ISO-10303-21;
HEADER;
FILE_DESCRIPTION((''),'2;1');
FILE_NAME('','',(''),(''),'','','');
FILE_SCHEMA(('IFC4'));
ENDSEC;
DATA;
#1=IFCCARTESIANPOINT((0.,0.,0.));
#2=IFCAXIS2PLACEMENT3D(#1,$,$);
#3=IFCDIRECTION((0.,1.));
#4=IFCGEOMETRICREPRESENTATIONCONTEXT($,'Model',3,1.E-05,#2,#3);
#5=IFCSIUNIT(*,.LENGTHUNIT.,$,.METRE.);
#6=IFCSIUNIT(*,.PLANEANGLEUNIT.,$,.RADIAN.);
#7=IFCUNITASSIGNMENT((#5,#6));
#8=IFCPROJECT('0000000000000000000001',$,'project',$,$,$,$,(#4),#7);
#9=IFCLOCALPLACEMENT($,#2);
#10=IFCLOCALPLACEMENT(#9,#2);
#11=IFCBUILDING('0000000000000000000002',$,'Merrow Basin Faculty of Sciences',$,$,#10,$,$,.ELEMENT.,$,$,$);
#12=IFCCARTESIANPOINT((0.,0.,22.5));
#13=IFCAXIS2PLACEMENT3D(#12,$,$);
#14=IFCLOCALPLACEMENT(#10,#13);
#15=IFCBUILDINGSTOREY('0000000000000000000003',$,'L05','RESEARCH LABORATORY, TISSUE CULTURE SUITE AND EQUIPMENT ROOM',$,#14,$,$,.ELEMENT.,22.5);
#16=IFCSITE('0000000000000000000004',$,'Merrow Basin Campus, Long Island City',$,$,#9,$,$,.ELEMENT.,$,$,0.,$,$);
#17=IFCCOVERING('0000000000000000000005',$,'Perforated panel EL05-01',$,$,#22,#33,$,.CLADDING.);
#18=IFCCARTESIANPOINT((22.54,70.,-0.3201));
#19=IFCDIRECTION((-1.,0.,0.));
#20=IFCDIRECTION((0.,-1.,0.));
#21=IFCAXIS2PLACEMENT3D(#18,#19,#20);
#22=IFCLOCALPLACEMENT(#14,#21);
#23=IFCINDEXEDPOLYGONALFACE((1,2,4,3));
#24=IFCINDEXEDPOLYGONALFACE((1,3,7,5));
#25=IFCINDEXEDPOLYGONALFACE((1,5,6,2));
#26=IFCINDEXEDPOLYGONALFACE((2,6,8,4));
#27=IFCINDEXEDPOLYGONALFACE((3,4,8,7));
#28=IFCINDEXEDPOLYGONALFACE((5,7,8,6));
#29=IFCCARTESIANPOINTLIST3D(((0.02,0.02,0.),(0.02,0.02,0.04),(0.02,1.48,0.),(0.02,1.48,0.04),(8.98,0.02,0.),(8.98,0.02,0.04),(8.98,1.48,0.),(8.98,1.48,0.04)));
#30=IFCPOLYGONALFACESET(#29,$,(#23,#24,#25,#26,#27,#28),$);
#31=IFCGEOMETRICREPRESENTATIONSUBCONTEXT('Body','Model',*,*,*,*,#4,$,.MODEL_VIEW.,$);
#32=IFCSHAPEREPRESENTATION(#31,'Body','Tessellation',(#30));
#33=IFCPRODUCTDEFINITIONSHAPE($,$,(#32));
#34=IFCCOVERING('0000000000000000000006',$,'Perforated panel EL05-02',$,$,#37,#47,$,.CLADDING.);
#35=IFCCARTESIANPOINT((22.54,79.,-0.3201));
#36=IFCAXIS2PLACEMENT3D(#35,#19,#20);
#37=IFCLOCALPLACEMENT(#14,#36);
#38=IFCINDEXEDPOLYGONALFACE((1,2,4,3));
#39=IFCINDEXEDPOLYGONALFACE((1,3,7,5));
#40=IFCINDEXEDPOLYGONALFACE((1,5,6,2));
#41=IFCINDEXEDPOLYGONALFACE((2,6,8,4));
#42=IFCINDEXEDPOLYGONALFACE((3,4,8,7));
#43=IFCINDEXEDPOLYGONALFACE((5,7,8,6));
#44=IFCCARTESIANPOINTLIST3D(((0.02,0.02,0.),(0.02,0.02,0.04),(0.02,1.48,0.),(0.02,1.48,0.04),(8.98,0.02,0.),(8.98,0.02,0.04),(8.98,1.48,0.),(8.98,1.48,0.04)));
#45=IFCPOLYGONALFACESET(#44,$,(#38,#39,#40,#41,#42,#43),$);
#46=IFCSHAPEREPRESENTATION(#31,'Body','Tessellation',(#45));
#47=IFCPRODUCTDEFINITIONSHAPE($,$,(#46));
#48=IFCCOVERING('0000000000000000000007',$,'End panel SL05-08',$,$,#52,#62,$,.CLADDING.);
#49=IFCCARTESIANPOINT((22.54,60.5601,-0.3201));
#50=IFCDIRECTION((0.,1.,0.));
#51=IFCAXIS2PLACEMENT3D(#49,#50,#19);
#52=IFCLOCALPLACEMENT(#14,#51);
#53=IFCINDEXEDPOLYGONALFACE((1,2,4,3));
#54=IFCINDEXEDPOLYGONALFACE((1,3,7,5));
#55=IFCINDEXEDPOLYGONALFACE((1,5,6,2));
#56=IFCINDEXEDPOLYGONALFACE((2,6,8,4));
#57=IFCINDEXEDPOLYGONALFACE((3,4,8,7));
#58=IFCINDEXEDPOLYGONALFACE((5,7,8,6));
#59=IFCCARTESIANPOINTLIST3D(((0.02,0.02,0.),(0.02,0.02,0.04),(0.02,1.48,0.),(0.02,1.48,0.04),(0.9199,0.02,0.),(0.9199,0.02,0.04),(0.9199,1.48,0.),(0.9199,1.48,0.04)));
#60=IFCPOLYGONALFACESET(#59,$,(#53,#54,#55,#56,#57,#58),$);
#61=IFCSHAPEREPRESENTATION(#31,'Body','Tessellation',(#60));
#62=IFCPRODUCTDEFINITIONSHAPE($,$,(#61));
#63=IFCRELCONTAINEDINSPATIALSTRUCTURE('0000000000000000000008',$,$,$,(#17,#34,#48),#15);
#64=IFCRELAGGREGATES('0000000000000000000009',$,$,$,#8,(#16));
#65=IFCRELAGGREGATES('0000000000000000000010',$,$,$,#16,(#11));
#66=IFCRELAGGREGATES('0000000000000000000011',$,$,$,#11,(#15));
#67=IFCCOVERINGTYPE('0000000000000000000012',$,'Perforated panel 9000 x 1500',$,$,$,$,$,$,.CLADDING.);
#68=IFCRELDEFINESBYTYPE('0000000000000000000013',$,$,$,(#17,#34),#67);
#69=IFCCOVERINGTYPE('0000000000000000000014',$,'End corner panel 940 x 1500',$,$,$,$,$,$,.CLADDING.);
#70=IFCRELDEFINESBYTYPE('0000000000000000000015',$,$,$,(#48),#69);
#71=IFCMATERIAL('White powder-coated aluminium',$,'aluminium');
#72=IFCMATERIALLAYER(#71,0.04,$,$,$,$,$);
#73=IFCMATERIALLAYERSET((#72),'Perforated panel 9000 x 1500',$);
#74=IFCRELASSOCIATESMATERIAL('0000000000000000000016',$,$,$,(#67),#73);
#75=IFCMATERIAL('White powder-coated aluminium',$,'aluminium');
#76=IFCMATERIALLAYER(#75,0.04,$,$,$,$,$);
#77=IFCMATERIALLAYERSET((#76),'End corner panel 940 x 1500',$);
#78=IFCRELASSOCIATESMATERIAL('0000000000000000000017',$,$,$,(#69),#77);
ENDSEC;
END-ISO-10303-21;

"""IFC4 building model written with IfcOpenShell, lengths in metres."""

from ifc_helpers import new_model, si_unit, direction, frame, origin, place, context, subcontext, project, spatial, polyline, outline, extrude, source, transform, mapped, material, layer, layer_set, type_object, element, save


model = new_model("IFC4")

# Units and contexts
model_context = context("Model", 3, precision=1e-05, world=origin(), true_north=direction((0.0, 1.0)))
body_context = subcontext(model_context, "Body", "Model", "MODEL_VIEW")
ifc_project = project(units=[si_unit("LENGTHUNIT", "METRE"), si_unit("PLANEANGLEUNIT", "RADIAN")], contexts=[model_context])

# Site, building, storey
site_placement = place(None, origin())
site = spatial("IfcSite", under=ifc_project, at=site_placement, Name="Merrow Basin Campus, Long Island City", CompositionType="ELEMENT", RefElevation=0.0)
building_placement = place(site_placement, origin())
building = spatial("IfcBuilding", under=site, at=building_placement, Name="Merrow Basin Faculty of Sciences", CompositionType="ELEMENT")
storey_placement = place(building_placement, frame((0.0, 0.0, 22.5)))
storey = spatial("IfcBuildingStorey", under=building, at=storey_placement, Name="L05", Description="RESEARCH LABORATORY, TISSUE CULTURE SUITE AND EQUIPMENT ROOM", CompositionType="ELEMENT", Elevation=22.5)

# Coverings
ifc_material_1 = material(Name="White powder-coated aluminium", Category="aluminium")
ifc_layer_1 = layer(ifc_material_1, 0.04)
ifc_layer_set_1 = layer_set([ifc_layer_1], Name="Perforated panel 9000 x 1500")
covering_type_1 = type_object("IfcCoveringType", Name="Perforated panel 9000 x 1500", PredefinedType="CLADDING", material=ifc_layer_set_1)
shared_shape_1 = source(origin(), body_context, "Body", "SweptSolid", [
    extrude(outline(polyline([(0.02, 0.02), (8.98, 0.02), (8.98, 1.48), (0.02, 1.48), (0.02, 0.02)])), origin(), (0.0, 0.0, 1.0), 0.04),
])
covering_1_placement = place(storey_placement, frame((22.54, 70.0, -0.3201), z_axis=(-1.0, 0.0, 0.0), x_axis=(0.0, -1.0, 0.0)))
element("IfcCovering", 1, at=covering_1_placement, inside=storey, type_object=covering_type_1, Name="Perforated panel EL05-01", PredefinedType="CLADDING", context=body_context, shape_type="MappedRepresentation", body=[
    mapped(shared_shape_1, transform((0.0, 0.0, 0.0), scale=1.0)),
])
shared_shape_2 = source(origin(), body_context, "Body", "SweptSolid", [
    extrude(outline(polyline([(0.02, 0.02), (8.98, 0.02), (8.98, 1.48), (0.02, 1.48), (0.02, 0.02)])), origin(), (0.0, 0.0, 1.0), 0.04),
])
covering_2_placement = place(storey_placement, frame((22.54, 79.0, -0.3201), z_axis=(-1.0, 0.0, 0.0), x_axis=(0.0, -1.0, 0.0)))
element("IfcCovering", 2, at=covering_2_placement, inside=storey, type_object=covering_type_1, Name="Perforated panel EL05-02", PredefinedType="CLADDING", context=body_context, shape_type="MappedRepresentation", body=[
    mapped(shared_shape_2, transform((0.0, 0.0, 0.0), scale=1.0)),
])
ifc_material_2 = material(Name="White powder-coated aluminium", Category="aluminium")
ifc_layer_2 = layer(ifc_material_2, 0.04)
ifc_layer_set_2 = layer_set([ifc_layer_2], Name="End corner panel 940 x 1500")
covering_type_2 = type_object("IfcCoveringType", Name="End corner panel 940 x 1500", PredefinedType="CLADDING", material=ifc_layer_set_2)
shared_shape_3 = source(origin(), body_context, "Body", "SweptSolid", [
    extrude(outline(polyline([(0.02, 0.02), (0.9199, 0.02), (0.9199, 1.48), (0.02, 1.48), (0.02, 0.02)])), origin(), (0.0, 0.0, 1.0), 0.04),
])
covering_3_placement = place(storey_placement, frame((22.54, 60.5601, -0.3201), z_axis=(0.0, 1.0, 0.0), x_axis=(-1.0, 0.0, 0.0)))
element("IfcCovering", 3, at=covering_3_placement, inside=storey, type_object=covering_type_2, Name="End panel SL05-08", PredefinedType="CLADDING", context=body_context, shape_type="MappedRepresentation", body=[
    mapped(shared_shape_3, transform((0.0, 0.0, 0.0), scale=1.0)),
])

save(model, "model.ifc")
